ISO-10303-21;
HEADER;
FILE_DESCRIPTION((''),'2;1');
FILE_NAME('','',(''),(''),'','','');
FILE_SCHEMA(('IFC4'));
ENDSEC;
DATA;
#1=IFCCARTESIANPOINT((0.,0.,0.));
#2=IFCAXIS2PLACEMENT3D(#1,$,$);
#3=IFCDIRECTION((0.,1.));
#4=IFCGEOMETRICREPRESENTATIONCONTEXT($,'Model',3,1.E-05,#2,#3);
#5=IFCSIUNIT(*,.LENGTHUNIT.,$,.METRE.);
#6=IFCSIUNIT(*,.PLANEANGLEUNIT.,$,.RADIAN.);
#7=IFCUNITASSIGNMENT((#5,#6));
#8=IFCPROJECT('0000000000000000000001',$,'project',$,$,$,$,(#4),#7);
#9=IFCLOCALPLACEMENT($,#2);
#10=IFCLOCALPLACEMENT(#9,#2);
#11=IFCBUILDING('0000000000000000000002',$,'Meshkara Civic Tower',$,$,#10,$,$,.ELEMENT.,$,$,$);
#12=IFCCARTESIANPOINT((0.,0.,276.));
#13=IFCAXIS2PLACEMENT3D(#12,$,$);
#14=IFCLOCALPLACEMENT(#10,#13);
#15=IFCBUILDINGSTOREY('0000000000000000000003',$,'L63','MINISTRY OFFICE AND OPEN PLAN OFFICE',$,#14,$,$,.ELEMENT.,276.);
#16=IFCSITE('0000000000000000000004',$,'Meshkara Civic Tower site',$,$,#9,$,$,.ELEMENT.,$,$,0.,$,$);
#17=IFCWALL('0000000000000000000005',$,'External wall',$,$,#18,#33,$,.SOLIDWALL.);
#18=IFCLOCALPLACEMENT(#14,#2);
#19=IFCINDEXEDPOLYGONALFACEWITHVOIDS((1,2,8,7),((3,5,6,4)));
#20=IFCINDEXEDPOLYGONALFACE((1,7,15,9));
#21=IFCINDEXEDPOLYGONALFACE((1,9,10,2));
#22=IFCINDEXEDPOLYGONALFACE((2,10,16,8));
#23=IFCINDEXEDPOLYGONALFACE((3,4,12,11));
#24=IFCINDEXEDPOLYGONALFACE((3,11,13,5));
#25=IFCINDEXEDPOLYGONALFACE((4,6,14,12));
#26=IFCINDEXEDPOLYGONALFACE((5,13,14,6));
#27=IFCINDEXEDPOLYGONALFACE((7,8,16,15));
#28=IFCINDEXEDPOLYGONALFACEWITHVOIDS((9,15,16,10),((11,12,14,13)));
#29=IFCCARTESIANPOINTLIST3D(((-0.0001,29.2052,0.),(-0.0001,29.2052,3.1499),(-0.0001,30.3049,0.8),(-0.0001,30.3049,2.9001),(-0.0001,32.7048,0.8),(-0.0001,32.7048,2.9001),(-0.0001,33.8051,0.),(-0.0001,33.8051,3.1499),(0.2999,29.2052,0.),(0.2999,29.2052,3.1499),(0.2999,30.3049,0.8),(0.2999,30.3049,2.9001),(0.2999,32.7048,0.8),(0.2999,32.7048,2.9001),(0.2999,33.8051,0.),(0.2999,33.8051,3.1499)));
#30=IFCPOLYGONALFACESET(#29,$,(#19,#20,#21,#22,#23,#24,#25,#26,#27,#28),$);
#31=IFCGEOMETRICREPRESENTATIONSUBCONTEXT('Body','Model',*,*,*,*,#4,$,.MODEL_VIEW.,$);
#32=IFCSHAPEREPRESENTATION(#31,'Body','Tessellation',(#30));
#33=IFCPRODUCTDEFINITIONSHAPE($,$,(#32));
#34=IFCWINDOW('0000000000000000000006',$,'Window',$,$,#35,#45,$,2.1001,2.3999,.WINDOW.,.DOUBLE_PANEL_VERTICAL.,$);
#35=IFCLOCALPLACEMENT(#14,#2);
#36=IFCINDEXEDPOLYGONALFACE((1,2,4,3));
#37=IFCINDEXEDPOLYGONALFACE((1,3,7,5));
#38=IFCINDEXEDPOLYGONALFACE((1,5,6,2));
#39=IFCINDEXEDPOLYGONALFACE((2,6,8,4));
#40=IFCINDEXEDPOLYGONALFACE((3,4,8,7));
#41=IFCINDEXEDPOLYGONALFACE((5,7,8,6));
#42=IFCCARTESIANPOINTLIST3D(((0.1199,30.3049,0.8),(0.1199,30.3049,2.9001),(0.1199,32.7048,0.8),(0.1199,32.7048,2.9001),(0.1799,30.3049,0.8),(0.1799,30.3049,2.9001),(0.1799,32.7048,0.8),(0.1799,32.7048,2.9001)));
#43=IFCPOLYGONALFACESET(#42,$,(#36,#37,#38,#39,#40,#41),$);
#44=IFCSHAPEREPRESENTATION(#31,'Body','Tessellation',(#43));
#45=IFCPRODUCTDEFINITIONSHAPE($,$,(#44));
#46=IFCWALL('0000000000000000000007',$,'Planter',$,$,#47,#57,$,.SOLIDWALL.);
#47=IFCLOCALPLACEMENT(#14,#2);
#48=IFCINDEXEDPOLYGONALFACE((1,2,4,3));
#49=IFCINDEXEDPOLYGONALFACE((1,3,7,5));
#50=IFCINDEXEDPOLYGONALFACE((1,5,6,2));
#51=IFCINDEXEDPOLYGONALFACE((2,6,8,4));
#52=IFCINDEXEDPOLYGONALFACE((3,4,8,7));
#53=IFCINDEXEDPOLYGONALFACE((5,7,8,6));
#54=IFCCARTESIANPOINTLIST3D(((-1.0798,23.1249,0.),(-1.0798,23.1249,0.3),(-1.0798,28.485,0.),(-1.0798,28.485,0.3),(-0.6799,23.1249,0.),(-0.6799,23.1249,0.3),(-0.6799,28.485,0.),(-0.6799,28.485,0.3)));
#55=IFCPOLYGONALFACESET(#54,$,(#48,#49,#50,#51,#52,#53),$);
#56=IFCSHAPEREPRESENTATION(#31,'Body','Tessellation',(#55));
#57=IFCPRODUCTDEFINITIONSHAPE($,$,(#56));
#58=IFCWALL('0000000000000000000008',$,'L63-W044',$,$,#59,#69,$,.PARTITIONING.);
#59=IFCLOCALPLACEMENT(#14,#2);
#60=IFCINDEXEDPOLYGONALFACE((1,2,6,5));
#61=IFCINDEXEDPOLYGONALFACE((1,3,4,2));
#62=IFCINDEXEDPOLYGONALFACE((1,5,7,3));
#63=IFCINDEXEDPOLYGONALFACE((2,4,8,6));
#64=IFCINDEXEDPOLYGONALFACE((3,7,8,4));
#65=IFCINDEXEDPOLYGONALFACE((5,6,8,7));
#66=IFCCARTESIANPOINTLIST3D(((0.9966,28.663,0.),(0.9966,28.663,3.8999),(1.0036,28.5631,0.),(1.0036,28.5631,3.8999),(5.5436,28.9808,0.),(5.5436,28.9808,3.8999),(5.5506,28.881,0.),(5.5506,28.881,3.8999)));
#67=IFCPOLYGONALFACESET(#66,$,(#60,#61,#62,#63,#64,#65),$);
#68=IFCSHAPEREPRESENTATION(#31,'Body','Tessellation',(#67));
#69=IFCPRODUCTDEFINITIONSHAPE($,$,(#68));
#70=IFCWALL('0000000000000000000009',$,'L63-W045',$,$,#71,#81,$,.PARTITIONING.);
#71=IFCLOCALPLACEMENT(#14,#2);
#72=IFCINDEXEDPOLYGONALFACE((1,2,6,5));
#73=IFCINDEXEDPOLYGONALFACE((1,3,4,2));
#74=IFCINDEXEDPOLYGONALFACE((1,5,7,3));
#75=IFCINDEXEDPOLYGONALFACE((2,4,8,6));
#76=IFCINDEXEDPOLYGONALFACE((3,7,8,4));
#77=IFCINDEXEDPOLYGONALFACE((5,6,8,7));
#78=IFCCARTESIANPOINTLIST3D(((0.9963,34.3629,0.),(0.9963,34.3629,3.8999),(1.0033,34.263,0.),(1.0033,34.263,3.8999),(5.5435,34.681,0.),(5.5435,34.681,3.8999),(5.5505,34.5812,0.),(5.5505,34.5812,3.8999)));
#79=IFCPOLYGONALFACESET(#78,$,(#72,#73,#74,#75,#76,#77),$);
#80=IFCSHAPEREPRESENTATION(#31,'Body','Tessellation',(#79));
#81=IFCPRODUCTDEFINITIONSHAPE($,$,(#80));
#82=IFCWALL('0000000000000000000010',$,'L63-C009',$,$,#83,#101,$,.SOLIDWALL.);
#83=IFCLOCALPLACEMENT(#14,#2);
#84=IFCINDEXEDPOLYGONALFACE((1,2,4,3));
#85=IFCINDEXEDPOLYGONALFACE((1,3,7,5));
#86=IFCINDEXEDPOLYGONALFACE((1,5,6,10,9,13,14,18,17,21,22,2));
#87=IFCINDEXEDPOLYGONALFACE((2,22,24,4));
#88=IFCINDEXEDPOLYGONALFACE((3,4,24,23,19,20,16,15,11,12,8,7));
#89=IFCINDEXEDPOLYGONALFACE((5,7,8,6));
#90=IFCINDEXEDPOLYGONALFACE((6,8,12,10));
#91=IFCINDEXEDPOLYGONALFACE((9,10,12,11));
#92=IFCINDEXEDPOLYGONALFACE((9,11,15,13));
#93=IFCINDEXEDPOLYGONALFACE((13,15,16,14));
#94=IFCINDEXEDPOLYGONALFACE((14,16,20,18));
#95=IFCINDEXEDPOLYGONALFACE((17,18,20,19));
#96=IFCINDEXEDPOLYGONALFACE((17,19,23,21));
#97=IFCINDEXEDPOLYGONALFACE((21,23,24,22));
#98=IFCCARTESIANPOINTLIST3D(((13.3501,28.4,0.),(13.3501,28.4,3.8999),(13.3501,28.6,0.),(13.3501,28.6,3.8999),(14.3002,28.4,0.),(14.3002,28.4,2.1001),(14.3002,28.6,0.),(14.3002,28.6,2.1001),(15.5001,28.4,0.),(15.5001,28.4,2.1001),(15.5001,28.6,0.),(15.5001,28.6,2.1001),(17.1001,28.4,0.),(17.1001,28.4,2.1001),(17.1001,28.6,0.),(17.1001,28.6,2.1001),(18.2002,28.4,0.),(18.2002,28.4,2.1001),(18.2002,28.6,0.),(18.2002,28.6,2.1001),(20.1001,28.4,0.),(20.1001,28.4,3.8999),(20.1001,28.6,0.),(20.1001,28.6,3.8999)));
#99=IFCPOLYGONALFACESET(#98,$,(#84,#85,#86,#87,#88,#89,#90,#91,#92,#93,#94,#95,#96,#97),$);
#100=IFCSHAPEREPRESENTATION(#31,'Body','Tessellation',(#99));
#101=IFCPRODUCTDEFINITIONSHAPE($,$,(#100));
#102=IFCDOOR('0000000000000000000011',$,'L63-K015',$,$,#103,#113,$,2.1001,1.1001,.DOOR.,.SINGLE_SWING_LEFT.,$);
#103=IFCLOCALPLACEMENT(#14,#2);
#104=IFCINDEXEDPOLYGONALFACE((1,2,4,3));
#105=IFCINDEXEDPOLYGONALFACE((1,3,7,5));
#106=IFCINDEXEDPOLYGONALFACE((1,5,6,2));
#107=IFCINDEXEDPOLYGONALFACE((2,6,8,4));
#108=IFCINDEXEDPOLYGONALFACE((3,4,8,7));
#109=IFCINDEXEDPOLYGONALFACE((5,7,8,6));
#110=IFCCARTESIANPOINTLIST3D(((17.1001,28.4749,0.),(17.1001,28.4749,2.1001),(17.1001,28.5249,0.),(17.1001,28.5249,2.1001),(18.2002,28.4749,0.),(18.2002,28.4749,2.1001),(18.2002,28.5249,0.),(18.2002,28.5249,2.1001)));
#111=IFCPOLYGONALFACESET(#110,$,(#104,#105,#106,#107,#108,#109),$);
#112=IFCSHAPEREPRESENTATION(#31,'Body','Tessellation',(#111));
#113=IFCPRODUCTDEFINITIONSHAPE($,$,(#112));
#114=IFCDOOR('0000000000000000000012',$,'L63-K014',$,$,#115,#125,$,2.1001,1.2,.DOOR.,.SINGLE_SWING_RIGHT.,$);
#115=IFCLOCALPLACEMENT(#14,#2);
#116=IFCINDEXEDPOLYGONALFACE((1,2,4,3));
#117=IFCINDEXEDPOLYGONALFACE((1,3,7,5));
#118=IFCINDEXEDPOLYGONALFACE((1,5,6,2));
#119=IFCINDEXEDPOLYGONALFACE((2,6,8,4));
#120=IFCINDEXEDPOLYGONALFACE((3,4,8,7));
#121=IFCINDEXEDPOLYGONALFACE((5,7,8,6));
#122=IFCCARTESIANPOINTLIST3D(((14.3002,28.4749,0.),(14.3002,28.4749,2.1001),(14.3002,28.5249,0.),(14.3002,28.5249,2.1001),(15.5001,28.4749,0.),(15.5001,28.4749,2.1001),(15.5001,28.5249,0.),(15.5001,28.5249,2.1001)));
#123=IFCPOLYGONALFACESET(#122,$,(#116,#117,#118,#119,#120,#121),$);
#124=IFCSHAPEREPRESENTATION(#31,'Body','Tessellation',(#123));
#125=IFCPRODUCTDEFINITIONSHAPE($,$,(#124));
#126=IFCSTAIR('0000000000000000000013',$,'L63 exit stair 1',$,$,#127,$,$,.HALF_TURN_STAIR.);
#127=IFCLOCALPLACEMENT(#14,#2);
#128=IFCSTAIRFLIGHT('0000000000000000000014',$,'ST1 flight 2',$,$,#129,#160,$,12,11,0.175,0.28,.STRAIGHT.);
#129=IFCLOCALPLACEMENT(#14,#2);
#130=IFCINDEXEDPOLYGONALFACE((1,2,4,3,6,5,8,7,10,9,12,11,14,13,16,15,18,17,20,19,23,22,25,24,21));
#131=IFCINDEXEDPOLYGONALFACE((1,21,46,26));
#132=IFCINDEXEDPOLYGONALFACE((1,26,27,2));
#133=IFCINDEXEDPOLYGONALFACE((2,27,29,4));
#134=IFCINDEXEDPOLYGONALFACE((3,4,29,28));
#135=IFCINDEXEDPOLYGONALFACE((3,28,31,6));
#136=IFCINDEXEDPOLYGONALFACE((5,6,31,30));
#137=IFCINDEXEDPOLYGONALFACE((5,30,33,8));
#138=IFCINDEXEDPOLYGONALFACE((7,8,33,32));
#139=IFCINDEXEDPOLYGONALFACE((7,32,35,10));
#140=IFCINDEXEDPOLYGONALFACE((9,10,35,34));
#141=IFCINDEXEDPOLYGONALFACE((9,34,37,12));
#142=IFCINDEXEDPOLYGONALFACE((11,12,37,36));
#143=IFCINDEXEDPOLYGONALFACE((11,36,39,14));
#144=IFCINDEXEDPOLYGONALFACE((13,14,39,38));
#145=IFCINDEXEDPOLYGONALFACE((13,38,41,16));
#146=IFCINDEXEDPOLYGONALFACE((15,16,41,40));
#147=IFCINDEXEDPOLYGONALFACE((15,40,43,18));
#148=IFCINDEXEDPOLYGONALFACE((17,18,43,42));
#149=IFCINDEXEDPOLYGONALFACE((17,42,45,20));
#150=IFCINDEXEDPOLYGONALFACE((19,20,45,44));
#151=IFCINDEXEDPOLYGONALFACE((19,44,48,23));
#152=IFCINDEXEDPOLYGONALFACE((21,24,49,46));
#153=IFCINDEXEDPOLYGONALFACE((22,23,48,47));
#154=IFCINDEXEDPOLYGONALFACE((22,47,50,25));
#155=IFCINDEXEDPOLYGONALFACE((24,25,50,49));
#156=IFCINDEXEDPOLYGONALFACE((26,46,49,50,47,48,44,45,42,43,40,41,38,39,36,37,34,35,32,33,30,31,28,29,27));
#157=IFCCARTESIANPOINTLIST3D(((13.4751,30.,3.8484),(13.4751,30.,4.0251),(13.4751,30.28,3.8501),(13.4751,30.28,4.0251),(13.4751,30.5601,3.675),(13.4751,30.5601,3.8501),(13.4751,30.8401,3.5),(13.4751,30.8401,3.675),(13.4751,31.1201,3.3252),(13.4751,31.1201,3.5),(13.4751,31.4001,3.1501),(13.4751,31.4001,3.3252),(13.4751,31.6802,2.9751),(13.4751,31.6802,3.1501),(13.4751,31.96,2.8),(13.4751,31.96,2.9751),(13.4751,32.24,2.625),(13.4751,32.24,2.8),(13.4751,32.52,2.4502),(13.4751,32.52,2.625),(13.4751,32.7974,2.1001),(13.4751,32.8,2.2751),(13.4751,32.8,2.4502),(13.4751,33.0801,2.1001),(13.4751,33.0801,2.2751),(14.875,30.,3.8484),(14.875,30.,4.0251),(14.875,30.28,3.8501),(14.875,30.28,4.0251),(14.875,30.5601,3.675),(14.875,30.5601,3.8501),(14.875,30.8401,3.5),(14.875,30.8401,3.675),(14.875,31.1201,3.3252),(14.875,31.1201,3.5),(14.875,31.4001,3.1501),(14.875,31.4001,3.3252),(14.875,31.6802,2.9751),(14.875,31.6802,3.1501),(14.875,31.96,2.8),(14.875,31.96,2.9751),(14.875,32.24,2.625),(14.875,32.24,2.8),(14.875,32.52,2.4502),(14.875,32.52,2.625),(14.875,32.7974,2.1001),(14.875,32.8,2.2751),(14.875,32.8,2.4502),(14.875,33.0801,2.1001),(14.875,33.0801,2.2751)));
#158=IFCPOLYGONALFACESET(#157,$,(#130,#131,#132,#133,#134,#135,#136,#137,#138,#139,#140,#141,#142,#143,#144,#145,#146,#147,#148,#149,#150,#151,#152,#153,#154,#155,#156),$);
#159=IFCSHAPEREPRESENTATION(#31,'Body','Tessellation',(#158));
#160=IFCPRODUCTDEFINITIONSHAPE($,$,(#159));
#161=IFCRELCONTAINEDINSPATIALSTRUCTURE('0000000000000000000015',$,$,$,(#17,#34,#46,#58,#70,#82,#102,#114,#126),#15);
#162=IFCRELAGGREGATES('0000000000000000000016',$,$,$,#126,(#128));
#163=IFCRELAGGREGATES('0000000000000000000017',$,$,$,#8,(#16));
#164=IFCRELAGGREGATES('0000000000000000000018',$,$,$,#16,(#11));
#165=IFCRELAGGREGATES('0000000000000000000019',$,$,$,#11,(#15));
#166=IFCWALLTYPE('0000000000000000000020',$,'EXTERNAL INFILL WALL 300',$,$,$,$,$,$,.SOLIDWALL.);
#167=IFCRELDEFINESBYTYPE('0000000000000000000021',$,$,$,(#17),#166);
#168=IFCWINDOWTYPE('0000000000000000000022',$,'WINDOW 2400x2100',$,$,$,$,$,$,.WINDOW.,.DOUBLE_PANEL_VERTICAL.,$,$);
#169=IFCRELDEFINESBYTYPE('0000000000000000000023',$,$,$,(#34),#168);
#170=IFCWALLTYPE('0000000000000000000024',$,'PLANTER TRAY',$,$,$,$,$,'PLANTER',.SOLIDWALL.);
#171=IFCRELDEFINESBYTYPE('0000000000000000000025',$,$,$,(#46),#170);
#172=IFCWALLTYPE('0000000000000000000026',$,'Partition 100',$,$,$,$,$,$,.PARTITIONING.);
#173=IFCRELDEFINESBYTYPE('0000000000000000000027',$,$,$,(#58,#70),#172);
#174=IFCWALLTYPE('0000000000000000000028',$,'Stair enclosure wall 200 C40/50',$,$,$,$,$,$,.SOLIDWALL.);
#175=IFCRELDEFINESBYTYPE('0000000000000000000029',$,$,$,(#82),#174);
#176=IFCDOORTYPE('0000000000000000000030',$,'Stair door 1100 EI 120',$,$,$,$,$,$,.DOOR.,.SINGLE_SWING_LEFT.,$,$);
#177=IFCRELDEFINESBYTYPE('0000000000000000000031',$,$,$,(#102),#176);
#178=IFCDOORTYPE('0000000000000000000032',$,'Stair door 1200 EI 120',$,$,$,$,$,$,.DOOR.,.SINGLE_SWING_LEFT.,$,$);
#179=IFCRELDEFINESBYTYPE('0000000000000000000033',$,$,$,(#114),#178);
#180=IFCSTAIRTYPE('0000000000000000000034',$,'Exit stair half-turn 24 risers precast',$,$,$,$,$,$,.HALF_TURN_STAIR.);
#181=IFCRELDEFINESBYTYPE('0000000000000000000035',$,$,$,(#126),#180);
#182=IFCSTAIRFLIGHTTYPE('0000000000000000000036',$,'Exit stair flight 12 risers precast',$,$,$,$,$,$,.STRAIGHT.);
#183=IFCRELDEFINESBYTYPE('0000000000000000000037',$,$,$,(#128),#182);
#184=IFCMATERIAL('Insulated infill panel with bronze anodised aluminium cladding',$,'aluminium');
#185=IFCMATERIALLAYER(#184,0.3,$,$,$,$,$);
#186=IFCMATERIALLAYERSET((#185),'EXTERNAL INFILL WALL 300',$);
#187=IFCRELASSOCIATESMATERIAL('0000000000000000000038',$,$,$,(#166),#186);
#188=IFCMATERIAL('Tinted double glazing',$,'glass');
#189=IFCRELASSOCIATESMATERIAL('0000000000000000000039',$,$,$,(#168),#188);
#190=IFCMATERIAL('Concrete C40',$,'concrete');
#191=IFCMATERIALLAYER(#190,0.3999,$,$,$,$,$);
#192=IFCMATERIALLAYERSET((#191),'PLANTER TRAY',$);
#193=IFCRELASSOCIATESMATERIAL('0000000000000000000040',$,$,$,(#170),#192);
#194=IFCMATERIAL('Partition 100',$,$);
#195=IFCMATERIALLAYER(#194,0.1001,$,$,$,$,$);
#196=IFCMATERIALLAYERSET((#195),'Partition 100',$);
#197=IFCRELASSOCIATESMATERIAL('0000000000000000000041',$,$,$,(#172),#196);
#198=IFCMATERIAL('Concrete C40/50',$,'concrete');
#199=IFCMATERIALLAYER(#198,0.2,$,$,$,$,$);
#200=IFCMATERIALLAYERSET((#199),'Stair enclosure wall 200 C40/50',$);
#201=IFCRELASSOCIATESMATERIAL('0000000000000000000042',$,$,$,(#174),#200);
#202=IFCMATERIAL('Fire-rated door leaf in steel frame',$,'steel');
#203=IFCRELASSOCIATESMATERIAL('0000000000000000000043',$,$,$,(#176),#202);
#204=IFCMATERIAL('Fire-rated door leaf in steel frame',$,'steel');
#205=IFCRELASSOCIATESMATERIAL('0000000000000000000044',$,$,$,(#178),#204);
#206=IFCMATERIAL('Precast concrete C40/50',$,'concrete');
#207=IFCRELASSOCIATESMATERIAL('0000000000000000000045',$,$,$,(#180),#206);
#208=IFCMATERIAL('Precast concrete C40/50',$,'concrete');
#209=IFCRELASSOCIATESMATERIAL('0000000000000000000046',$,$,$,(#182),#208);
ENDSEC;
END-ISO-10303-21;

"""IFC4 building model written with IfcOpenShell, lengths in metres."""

from ifc_helpers import new_model, si_unit, direction, frame, frame_2d, origin, place, context, subcontext, project, spatial, polyline, rectangle, outline, extrude, material, layer, layer_set, type_object, element, fill, aggregate, save


model = new_model("IFC4")

# Units and contexts
model_context = context("Model", 3, precision=1e-05, world=origin(), true_north=direction((0.0, 1.0)))
body_context = subcontext(model_context, "Body", "Model", "MODEL_VIEW")
ifc_project = project(units=[si_unit("LENGTHUNIT", "METRE"), si_unit("PLANEANGLEUNIT", "RADIAN")], contexts=[model_context])

# Site, building, storey
site_placement = place(None, origin())
site = spatial("IfcSite", under=ifc_project, at=site_placement, Name="Meshkara Civic Tower site", CompositionType="ELEMENT", RefElevation=0.0)
building_placement = place(site_placement, origin())
building = spatial("IfcBuilding", under=site, at=building_placement, Name="Meshkara Civic Tower", CompositionType="ELEMENT")
storey_placement = place(building_placement, frame((0.0, 0.0, 276.0)))
storey = spatial("IfcBuildingStorey", under=building, at=storey_placement, Name="L63", Description="MINISTRY OFFICE AND OPEN PLAN OFFICE", CompositionType="ELEMENT", Elevation=276.0)

# Wall, opening, window
ifc_material_1 = material(Name="Insulated infill panel with bronze anodised aluminium cladding", Category="aluminium")
ifc_layer_1 = layer(ifc_material_1, 0.3)
ifc_layer_set_1 = layer_set([ifc_layer_1], Name="EXTERNAL INFILL WALL 300")
wall_type_1 = type_object("IfcWallType", Name="EXTERNAL INFILL WALL 300", PredefinedType="SOLIDWALL", material=ifc_layer_set_1)
ifc_material_2 = material(Name="Tinted double glazing", Category="glass")
window_type = type_object("IfcWindowType", Name="WINDOW 2400x2100", PartitioningType="DOUBLE_PANEL_VERTICAL", PredefinedType="WINDOW", material=ifc_material_2)
wall_1_placement = place(storey_placement, frame((0.1499, 33.8049, 0.0), z_axis=(0.0, 0.0, 1.0), x_axis=(0.0, -1.0, 0.0)))
wall_1 = element("IfcWall", 1, at=wall_1_placement, inside=storey, type_object=wall_type_1, Name="External wall", PredefinedType="SOLIDWALL", context=body_context, shape_type="SweptSolid", body=[
    extrude(rectangle(XDim=4.5999, YDim=0.3, at=frame_2d((2.2998, 0.0))), origin(), (0.0, 0.0, 1.0), 3.1499),
])
opening_1_placement = place(wall_1_placement, frame((1.1001, 0.0, 0.8)))
opening_1 = element("IfcOpeningElement", 2, at=opening_1_placement, cuts=wall_1, PredefinedType="OPENING", context=body_context, shape_type="SweptSolid", body=[
    extrude(rectangle(XDim=2.3999, YDim=2.1001, at=frame_2d((1.2, 1.05))), frame((0.0, 0.1599, 0.0), z_axis=(0.0, -1.0, 0.0), x_axis=(1.0, 0.0, 0.0)), (0.0, 0.0, 1.0), 0.3201),
])
window_1_placement = place(opening_1_placement, origin())
window_1 = element("IfcWindow", 3, at=window_1_placement, inside=storey, type_object=window_type, Name="Window", OverallHeight=2.1001, OverallWidth=2.3999, PartitioningType="DOUBLE_PANEL_VERTICAL", PredefinedType="WINDOW", context=body_context, shape_type="SweptSolid", body=[
    extrude(rectangle(XDim=2.3999, YDim=2.1001, at=frame_2d((1.2, 1.05))), frame((0.0, 0.03, 0.0), z_axis=(0.0, -1.0, 0.0), x_axis=(1.0, 0.0, 0.0)), (0.0, 0.0, 1.0), 0.0601),
])
fill(opening_1, window_1)

# Walls
ifc_material_3 = material(Name="Concrete C40", Category="concrete")
ifc_layer_2 = layer(ifc_material_3, 0.3999)
ifc_layer_set_2 = layer_set([ifc_layer_2], Name="PLANTER TRAY")
wall_type_2 = type_object("IfcWallType", Name="PLANTER TRAY", ElementType="PLANTER", PredefinedType="SOLIDWALL", material=ifc_layer_set_2)
wall_2_placement = place(storey_placement, frame((-0.8799, 28.4851, 0.0), z_axis=(0.0, 0.0, 1.0), x_axis=(0.0, -1.0, 0.0)))
element("IfcWall", 4, at=wall_2_placement, inside=storey, type_object=wall_type_2, Name="Planter", PredefinedType="SOLIDWALL", context=body_context, shape_type="SweptSolid", body=[
    extrude(rectangle(XDim=5.3601, YDim=0.3999, at=frame_2d((2.6802, 0.0))), origin(), (0.0, 0.0, 1.0), 0.3),
])
ifc_material_4 = material(Name="Partition 100")
ifc_layer_3 = layer(ifc_material_4, 0.1001)
ifc_layer_set_3 = layer_set([ifc_layer_3], Name="Partition 100")
wall_type_3 = type_object("IfcWallType", Name="Partition 100", PredefinedType="PARTITIONING", material=ifc_layer_set_3)
wall_3_placement = place(storey_placement, frame((5.5471, 28.9309, 0.0), z_axis=(0.0, 0.0, 1.0), x_axis=(-0.997565, -0.069736, 0.0)))
element("IfcWall", 5, at=wall_3_placement, inside=storey, type_object=wall_type_3, Name="L63-W044", PredefinedType="PARTITIONING", context=body_context, shape_type="SweptSolid", body=[
    extrude(rectangle(XDim=4.5581, YDim=0.1001, at=frame_2d((2.2791, 0.0))), origin(), (0.0, 0.0, 1.0), 3.8999),
])
wall_4_placement = place(storey_placement, frame((5.5471, 34.6311, 0.0), z_axis=(0.0, 0.0, 1.0), x_axis=(-0.997562, -0.069789, 0.0)))
element("IfcWall", 6, at=wall_4_placement, inside=storey, type_object=wall_type_3, Name="L63-W045", PredefinedType="PARTITIONING", context=body_context, shape_type="SweptSolid", body=[
    extrude(rectangle(XDim=4.5583, YDim=0.1001, at=frame_2d((2.2793, 0.0))), origin(), (0.0, 0.0, 1.0), 3.8999),
])

# Wall, openings, doors
ifc_material_5 = material(Name="Concrete C40/50", Category="concrete")
ifc_layer_4 = layer(ifc_material_5, 0.2)
ifc_layer_set_4 = layer_set([ifc_layer_4], Name="Stair enclosure wall 200 C40/50")
wall_type_4 = type_object("IfcWallType", Name="Stair enclosure wall 200 C40/50", PredefinedType="SOLIDWALL", material=ifc_layer_set_4)
wall_5_placement = place(storey_placement, frame((13.3501, 28.5, 0.0), z_axis=(0.0, 0.0, 1.0), x_axis=(1.0, 0.0, 0.0)))
wall_5 = element("IfcWall", 7, at=wall_5_placement, inside=storey, type_object=wall_type_4, Name="L63-C009", PredefinedType="SOLIDWALL", context=body_context, shape_type="SweptSolid", body=[
    extrude(rectangle(XDim=6.75, YDim=0.2, at=frame_2d((3.375, 0.0))), origin(), (0.0, 0.0, 1.0), 3.8999),
])
opening_2_placement = place(wall_5_placement, frame((0.95, 0.0, 0.0)))
opening_2 = element("IfcOpeningElement", 8, at=opening_2_placement, cuts=wall_5, PredefinedType="OPENING", context=body_context, shape_type="SweptSolid", body=[
    extrude(rectangle(XDim=1.2, YDim=2.1001, at=frame_2d((0.6001, 1.05))), frame((0.0, 0.1099, 0.0), z_axis=(0.0, -1.0, 0.0), x_axis=(1.0, 0.0, 0.0)), (0.0, 0.0, 1.0), 0.22),
])
opening_3_placement = place(wall_5_placement, frame((3.75, 0.0, 0.0)))
opening_3 = element("IfcOpeningElement", 9, at=opening_3_placement, cuts=wall_5, PredefinedType="OPENING", context=body_context, shape_type="SweptSolid", body=[
    extrude(rectangle(XDim=1.1001, YDim=2.1001, at=frame_2d((0.55, 1.05))), frame((0.0, 0.1099, 0.0), z_axis=(0.0, -1.0, 0.0), x_axis=(1.0, 0.0, 0.0)), (0.0, 0.0, 1.0), 0.22),
])
ifc_material_6 = material(Name="Fire-rated door leaf in steel frame", Category="steel")
door_type_1 = type_object("IfcDoorType", Name="Stair door 1100 EI 120", OperationType="SINGLE_SWING_LEFT", PredefinedType="DOOR", material=ifc_material_6)
door_1_placement = place(opening_3_placement, origin())
door_1 = element("IfcDoor", 10, at=door_1_placement, inside=storey, type_object=door_type_1, Name="L63-K015", OperationType="SINGLE_SWING_LEFT", OverallHeight=2.1001, OverallWidth=1.1001, PredefinedType="DOOR", context=body_context, shape_type="SweptSolid", body=[
    extrude(rectangle(XDim=1.1001, YDim=2.1001, at=frame_2d((0.55, 1.05))), frame((0.0, 0.0249, 0.0), z_axis=(0.0, -1.0, 0.0), x_axis=(1.0, 0.0, 0.0)), (0.0, 0.0, 1.0), 0.05),
])
fill(opening_3, door_1)
ifc_material_7 = material(Name="Fire-rated door leaf in steel frame", Category="steel")
door_type_2 = type_object("IfcDoorType", Name="Stair door 1200 EI 120", OperationType="SINGLE_SWING_LEFT", PredefinedType="DOOR", material=ifc_material_7)
door_2_placement = place(opening_2_placement, origin())
door_2 = element("IfcDoor", 11, at=door_2_placement, inside=storey, type_object=door_type_2, Name="L63-K014", OperationType="SINGLE_SWING_RIGHT", OverallHeight=2.1001, OverallWidth=1.2, PredefinedType="DOOR", context=body_context, shape_type="SweptSolid", body=[
    extrude(rectangle(XDim=1.2, YDim=2.1001, at=frame_2d((0.6001, 1.05))), frame((0.0, 0.0249, 0.0), z_axis=(0.0, -1.0, 0.0), x_axis=(1.0, 0.0, 0.0)), (0.0, 0.0, 1.0), 0.05),
])
fill(opening_2, door_2)

# Stair, stair flight
ifc_material_8 = material(Name="Precast concrete C40/50", Category="concrete")
stair_type = type_object("IfcStairType", Name="Exit stair half-turn 24 risers precast", PredefinedType="HALF_TURN_STAIR", material=ifc_material_8)
stair_placement = place(storey_placement, origin())
stair = element("IfcStair", 12, at=stair_placement, inside=storey, type_object=stair_type, Name="L63 exit stair 1", PredefinedType="HALF_TURN_STAIR")
ifc_material_9 = material(Name="Precast concrete C40/50", Category="concrete")
stair_flight_type = type_object("IfcStairFlightType", Name="Exit stair flight 12 risers precast", PredefinedType="STRAIGHT", material=ifc_material_9)
stair_flight_placement = place(storey_placement, frame((14.175, 33.0801, 2.1001), z_axis=(0.0, 0.0, 1.0), x_axis=(0.0, -1.0, 0.0)))
stair_flight = element("IfcStairFlight", 13, at=stair_flight_placement, type_object=stair_flight_type, Name="ST1 flight 2", NumberOfRisers=12, NumberOfTreads=11, PredefinedType="STRAIGHT", RiserHeight=0.175, TreadLength=0.28, context=body_context, shape_type="SweptSolid", body=[
    extrude(outline(polyline([(0.0, 0.0), (0.0, 0.175), (0.28, 0.175), (0.28, 0.3501), (0.5601, 0.3501), (0.5601, 0.5249), (0.8401, 0.5249), (0.8401, 0.7), (1.1201, 0.7), (1.1201, 0.875), (1.3999, 0.875), (1.3999, 1.05), (1.6799, 1.05), (1.6799, 1.2251), (1.96, 1.2251), (1.96, 1.3999), (2.24, 1.3999), (2.24, 1.575), (2.52, 1.575), (2.52, 1.75), (2.8, 1.75), (2.8, 1.925), (3.0801, 1.925), (3.0801, 2.1001), (3.0801, 1.7483), (0.2827, 0.0), (0.0, 0.0)])), frame((0.0, 0.7, 0.0), z_axis=(0.0, -1.0, 0.0), x_axis=(1.0, 0.0, 0.0)), (0.0, 0.0, 1.0), 1.3999),
])
aggregate(stair, [stair_flight])

save(model, "model.ifc")
